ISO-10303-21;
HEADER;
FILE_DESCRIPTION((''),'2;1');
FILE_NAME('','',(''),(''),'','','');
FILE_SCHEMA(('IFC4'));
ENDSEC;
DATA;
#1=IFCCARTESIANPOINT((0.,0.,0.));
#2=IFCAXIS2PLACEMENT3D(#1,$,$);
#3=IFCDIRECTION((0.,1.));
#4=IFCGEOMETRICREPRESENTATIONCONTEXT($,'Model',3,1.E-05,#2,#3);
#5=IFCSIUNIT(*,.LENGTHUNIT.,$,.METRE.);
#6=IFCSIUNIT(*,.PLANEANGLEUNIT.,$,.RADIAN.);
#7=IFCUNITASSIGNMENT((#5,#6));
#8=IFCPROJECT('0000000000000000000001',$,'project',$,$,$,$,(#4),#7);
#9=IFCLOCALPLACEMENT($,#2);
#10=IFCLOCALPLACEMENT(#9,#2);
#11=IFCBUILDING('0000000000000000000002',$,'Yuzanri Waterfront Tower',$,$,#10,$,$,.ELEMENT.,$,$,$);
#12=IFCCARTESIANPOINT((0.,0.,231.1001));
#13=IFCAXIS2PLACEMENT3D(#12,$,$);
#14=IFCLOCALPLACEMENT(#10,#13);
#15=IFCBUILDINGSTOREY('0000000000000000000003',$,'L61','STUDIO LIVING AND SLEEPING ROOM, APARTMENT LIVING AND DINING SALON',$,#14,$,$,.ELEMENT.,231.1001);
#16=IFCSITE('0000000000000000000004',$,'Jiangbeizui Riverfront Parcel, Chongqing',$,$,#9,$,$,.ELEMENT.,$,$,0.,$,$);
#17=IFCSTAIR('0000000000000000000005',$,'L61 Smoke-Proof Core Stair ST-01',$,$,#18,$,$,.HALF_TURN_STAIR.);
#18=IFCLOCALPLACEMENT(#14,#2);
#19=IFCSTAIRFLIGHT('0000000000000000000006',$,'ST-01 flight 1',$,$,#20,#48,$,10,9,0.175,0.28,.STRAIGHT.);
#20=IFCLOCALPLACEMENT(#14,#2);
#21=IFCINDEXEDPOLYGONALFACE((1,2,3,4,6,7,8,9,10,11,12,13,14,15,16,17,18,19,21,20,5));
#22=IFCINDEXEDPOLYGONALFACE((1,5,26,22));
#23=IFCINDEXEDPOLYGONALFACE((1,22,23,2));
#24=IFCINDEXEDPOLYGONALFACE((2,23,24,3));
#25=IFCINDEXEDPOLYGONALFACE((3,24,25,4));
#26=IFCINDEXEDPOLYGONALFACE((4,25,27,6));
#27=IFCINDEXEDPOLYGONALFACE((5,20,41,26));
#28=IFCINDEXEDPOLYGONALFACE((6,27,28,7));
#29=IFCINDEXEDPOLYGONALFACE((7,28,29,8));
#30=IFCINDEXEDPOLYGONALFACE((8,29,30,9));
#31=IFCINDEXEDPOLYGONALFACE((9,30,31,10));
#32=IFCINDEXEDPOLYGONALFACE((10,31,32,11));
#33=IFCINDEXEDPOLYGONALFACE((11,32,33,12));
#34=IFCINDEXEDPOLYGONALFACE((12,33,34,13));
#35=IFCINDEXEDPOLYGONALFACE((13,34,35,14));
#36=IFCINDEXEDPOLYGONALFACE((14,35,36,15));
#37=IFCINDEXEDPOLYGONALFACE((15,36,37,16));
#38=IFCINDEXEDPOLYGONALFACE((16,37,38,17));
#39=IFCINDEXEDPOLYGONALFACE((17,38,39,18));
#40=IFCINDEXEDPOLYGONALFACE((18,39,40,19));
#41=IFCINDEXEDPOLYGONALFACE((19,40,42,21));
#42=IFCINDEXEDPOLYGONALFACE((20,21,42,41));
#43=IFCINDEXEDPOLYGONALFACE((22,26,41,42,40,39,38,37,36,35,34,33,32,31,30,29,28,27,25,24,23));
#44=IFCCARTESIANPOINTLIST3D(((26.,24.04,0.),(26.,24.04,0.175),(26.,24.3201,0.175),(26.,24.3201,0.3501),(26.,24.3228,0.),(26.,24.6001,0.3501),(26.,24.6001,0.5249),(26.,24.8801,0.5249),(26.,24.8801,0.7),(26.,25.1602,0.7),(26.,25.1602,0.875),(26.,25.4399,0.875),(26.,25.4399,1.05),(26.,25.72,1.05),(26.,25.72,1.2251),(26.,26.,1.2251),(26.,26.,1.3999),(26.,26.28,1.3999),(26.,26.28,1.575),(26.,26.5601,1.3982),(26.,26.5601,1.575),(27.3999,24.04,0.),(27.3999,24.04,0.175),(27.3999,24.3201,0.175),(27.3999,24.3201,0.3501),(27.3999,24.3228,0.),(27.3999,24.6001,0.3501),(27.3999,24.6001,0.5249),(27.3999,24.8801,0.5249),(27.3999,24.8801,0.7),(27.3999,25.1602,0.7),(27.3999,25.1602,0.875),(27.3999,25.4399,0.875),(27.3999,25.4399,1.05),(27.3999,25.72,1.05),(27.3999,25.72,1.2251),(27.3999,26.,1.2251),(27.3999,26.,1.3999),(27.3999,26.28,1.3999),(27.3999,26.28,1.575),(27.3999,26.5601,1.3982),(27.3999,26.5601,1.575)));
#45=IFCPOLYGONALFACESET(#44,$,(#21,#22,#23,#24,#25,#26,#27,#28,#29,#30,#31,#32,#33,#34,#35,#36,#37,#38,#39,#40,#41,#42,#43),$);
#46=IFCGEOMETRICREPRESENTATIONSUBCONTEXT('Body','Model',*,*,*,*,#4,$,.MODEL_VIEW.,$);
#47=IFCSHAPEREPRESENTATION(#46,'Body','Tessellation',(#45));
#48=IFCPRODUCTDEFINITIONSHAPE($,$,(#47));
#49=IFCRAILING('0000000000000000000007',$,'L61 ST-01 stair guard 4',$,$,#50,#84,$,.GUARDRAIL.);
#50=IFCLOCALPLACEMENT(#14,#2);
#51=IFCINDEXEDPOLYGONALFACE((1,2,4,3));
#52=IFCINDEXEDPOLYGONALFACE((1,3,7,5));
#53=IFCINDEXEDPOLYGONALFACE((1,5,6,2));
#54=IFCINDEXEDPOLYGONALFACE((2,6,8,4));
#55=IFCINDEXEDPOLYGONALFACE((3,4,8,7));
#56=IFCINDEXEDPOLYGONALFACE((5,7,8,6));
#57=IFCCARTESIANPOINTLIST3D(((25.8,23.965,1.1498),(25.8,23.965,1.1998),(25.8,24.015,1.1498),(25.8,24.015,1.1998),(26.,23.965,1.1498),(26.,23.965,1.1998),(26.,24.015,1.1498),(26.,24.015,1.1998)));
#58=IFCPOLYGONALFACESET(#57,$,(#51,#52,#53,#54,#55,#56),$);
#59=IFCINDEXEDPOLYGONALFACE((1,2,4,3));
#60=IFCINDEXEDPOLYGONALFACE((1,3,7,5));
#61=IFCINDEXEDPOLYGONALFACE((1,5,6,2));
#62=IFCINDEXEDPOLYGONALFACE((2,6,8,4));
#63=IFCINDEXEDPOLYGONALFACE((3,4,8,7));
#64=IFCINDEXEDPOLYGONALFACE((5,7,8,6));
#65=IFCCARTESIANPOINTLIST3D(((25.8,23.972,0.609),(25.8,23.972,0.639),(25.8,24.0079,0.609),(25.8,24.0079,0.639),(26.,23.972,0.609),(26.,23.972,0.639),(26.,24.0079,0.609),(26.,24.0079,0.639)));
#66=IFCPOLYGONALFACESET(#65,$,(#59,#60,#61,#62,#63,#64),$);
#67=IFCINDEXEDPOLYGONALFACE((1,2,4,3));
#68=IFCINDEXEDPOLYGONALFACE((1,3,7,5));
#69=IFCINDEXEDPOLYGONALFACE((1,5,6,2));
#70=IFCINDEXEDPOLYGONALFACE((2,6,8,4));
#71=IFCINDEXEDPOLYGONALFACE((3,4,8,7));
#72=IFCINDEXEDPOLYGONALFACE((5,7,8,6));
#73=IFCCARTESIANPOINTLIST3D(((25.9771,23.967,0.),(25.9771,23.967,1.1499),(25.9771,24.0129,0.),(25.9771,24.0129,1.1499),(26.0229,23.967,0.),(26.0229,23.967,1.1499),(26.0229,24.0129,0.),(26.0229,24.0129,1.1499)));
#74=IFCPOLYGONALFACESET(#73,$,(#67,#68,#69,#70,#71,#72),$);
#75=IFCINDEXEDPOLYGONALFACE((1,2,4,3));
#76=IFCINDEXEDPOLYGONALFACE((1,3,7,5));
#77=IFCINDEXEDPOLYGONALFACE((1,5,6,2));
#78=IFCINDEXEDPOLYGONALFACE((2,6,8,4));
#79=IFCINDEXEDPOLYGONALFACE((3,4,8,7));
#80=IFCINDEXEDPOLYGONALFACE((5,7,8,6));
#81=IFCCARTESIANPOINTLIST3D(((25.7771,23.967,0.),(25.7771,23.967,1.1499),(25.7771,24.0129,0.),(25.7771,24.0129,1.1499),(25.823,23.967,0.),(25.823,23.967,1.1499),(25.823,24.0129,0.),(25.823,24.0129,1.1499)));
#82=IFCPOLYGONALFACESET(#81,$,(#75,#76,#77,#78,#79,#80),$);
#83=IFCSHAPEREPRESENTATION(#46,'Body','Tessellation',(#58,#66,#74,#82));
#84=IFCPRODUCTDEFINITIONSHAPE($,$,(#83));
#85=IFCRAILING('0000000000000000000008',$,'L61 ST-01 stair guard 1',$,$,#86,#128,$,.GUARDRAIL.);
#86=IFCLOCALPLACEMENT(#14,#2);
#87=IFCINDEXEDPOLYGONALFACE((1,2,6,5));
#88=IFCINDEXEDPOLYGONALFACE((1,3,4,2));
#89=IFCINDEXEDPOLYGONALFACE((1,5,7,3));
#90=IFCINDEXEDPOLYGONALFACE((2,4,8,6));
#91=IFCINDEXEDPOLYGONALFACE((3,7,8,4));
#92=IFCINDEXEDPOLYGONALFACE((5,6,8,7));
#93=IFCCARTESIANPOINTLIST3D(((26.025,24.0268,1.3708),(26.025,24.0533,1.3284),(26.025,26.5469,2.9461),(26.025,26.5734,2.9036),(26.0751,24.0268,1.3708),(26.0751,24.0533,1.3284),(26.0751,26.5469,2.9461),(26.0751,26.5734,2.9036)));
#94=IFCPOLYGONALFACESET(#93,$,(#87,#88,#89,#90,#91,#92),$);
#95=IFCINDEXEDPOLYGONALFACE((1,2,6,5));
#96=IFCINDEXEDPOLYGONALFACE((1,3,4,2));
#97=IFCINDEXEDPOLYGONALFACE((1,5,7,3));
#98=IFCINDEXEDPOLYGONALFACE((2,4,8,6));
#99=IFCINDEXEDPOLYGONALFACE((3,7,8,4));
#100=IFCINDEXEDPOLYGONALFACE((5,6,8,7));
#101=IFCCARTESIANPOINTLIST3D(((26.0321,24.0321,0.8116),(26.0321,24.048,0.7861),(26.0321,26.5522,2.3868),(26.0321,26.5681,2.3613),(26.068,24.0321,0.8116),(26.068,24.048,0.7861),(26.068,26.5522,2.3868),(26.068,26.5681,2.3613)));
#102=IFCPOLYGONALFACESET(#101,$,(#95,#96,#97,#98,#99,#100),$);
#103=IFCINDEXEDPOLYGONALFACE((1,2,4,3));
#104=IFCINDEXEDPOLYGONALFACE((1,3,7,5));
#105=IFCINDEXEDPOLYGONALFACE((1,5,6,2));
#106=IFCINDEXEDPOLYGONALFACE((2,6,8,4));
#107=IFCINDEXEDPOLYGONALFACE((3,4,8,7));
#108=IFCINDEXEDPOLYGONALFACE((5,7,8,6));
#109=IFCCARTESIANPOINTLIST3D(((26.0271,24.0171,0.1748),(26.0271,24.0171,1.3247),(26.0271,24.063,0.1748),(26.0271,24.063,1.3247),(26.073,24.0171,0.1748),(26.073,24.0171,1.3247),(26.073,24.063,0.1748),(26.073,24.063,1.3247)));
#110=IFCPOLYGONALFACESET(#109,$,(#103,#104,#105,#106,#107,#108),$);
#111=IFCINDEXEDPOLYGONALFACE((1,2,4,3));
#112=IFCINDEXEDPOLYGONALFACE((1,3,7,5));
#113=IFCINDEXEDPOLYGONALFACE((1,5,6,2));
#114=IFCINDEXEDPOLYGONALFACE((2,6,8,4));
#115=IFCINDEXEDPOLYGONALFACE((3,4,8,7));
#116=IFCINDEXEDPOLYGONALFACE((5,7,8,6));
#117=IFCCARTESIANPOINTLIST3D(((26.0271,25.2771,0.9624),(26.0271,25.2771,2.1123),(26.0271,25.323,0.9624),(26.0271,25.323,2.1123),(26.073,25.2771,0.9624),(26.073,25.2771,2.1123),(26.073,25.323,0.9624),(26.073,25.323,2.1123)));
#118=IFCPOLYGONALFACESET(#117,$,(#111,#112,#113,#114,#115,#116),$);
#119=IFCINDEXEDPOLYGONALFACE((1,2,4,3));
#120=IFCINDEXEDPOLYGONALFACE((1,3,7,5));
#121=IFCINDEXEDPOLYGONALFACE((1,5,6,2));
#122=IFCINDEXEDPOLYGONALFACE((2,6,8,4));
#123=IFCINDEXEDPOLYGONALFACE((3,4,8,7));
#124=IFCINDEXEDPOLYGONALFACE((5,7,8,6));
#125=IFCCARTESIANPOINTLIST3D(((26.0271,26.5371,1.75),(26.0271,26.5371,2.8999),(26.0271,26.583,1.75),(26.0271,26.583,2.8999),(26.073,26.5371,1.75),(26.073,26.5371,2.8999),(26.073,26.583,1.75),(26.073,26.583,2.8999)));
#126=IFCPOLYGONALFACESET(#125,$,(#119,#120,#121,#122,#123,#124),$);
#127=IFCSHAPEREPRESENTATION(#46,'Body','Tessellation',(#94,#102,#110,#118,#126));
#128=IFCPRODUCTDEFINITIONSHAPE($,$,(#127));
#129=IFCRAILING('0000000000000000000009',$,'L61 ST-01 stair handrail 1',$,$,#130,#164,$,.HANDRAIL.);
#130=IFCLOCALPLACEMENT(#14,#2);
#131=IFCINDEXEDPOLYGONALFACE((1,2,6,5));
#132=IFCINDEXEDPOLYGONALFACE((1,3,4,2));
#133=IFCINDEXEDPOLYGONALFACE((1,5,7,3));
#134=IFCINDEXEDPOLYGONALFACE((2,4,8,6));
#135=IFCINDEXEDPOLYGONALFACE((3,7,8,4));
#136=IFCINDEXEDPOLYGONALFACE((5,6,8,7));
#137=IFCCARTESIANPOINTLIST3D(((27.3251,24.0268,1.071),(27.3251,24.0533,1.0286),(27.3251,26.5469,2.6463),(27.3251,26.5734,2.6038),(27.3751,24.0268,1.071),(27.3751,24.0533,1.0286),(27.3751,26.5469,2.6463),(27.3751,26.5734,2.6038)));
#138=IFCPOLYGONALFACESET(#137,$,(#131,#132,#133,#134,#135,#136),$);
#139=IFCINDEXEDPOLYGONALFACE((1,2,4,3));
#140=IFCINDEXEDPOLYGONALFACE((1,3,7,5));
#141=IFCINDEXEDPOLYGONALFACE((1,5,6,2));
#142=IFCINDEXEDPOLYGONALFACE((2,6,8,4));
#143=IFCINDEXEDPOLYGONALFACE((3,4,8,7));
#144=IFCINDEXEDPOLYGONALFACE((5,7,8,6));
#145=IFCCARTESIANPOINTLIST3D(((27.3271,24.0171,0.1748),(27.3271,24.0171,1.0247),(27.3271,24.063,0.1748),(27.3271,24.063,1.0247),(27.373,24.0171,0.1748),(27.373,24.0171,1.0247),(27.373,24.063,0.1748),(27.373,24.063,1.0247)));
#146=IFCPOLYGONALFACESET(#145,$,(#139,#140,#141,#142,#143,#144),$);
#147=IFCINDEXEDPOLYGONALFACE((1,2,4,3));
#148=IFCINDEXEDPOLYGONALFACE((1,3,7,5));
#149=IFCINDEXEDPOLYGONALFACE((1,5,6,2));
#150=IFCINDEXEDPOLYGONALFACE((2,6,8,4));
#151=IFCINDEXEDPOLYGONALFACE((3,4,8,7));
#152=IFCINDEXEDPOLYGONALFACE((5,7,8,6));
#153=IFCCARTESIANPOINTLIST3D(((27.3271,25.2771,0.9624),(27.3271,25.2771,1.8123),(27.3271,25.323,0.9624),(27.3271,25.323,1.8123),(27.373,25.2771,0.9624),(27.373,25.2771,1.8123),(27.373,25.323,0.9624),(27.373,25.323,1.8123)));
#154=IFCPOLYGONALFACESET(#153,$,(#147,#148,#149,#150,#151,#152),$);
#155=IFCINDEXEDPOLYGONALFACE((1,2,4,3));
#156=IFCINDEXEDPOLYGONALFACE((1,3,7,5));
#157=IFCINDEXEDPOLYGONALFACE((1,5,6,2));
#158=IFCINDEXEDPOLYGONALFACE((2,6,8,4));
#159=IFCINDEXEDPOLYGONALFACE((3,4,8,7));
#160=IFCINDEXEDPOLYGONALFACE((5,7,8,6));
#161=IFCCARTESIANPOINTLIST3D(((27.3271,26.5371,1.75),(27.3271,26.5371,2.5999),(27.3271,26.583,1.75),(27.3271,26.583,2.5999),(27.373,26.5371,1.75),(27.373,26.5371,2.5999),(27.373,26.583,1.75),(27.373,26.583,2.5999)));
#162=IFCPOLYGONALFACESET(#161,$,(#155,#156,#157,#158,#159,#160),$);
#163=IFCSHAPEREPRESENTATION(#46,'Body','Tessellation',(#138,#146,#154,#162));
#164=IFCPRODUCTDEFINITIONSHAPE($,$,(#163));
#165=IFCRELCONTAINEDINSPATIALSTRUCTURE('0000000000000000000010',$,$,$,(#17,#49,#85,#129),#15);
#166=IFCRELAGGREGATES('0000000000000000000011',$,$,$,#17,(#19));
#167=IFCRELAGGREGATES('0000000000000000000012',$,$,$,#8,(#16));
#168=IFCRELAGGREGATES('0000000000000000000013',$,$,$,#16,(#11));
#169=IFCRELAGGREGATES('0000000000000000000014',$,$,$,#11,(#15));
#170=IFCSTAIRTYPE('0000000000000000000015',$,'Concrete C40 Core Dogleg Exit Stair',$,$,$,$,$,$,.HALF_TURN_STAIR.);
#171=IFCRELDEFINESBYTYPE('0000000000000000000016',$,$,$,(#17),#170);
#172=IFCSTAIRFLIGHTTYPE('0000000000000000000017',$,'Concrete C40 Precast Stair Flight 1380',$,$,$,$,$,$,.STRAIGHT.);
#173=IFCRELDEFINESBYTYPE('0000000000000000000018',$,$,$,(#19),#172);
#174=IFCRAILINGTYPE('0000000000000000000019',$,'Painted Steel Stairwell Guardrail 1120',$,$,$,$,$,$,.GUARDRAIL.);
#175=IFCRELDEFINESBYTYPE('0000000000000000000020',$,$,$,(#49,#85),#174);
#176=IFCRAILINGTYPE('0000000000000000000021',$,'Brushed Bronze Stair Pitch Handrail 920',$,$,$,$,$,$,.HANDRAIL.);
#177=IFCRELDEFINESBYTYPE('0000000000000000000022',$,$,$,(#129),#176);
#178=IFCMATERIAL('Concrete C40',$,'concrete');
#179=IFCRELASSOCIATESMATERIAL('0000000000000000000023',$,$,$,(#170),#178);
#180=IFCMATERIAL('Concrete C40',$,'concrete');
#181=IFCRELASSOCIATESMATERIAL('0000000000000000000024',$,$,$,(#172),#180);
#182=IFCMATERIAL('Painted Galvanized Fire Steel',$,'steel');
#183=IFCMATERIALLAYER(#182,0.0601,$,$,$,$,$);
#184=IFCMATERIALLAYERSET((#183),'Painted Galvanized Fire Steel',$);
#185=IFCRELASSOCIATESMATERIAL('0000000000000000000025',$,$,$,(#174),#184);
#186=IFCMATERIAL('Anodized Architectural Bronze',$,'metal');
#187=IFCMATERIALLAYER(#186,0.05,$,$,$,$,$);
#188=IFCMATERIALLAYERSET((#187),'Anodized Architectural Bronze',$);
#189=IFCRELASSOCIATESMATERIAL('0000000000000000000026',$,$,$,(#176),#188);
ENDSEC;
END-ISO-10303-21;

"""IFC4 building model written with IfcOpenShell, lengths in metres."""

from ifc_helpers import new_model, si_unit, direction, frame, origin, origin_2d, place, context, subcontext, project, spatial, polyline, rectangle, outline, extrude, source, transform, mapped, material, layer, layer_set, type_object, element, aggregate, save


model = new_model("IFC4")

# Units and contexts
model_context = context("Model", 3, precision=1e-05, world=origin(), true_north=direction((0.0, 1.0)))
body_context = subcontext(model_context, "Body", "Model", "MODEL_VIEW")
ifc_project = project(units=[si_unit("LENGTHUNIT", "METRE"), si_unit("PLANEANGLEUNIT", "RADIAN")], contexts=[model_context])

# Site, building, storey
site_placement = place(None, origin())
site = spatial("IfcSite", under=ifc_project, at=site_placement, Name="Jiangbeizui Riverfront Parcel, Chongqing", CompositionType="ELEMENT", RefElevation=0.0)
building_placement = place(site_placement, origin())
building = spatial("IfcBuilding", under=site, at=building_placement, Name="Yuzanri Waterfront Tower", CompositionType="ELEMENT")
storey_placement = place(building_placement, frame((0.0, 0.0, 231.1001)))
storey = spatial("IfcBuildingStorey", under=building, at=storey_placement, Name="L61", Description="STUDIO LIVING AND SLEEPING ROOM, APARTMENT LIVING AND DINING SALON", CompositionType="ELEMENT", Elevation=231.1001)

# Stair, stair flight
ifc_material_1 = material(Name="Concrete C40", Category="concrete")
stair_type = type_object("IfcStairType", Name="Concrete C40 Core Dogleg Exit Stair", PredefinedType="HALF_TURN_STAIR", material=ifc_material_1)
stair_placement = place(storey_placement, origin())
stair = element("IfcStair", 1, at=stair_placement, inside=storey, type_object=stair_type, Name="L61 Smoke-Proof Core Stair ST-01", PredefinedType="HALF_TURN_STAIR")
ifc_material_2 = material(Name="Concrete C40", Category="concrete")
stair_flight_type = type_object("IfcStairFlightType", Name="Concrete C40 Precast Stair Flight 1380", PredefinedType="STRAIGHT", material=ifc_material_2)
shared_shape_1 = source(origin(), body_context, "Body", "SweptSolid", [
    extrude(outline(polyline([(0.0, 0.0), (0.0, 0.175), (0.28, 0.175), (0.28, 0.3501), (0.5601, 0.3501), (0.5601, 0.5249), (0.8401, 0.5249), (0.8401, 0.7), (1.1201, 0.7), (1.1201, 0.875), (1.3999, 0.875), (1.3999, 1.05), (1.6799, 1.05), (1.6799, 1.2251), (1.96, 1.2251), (1.96, 1.3999), (2.24, 1.3999), (2.24, 1.575), (2.52, 1.575), (2.52, 1.75), (2.52, 1.3982), (0.2827, 0.0), (0.0, 0.0)])), frame((0.0, 0.7, 0.0), z_axis=(0.0, -1.0, 0.0), x_axis=(1.0, 0.0, 0.0)), (0.0, 0.0, 1.0), 1.3999),
])
stair_flight_placement = place(storey_placement, frame((26.7, 24.04, 0.0), z_axis=(0.0, 0.0, 1.0), x_axis=(0.0, 1.0, 0.0)))
stair_flight = element("IfcStairFlight", 2, at=stair_flight_placement, type_object=stair_flight_type, Name="ST-01 flight 1", NumberOfRisers=10, NumberOfTreads=9, PredefinedType="STRAIGHT", RiserHeight=0.175, TreadLength=0.28, context=body_context, shape_type="MappedRepresentation", body=[
    mapped(shared_shape_1, transform((0.0, 0.0, 0.0), scale=1.0)),
])
aggregate(stair, [stair_flight])

# Railings
ifc_material_3 = material(Name="Painted Galvanized Fire Steel", Category="steel")
ifc_layer_1 = layer(ifc_material_3, 0.0601)
ifc_layer_set_1 = layer_set([ifc_layer_1], Name="Painted Galvanized Fire Steel")
railing_type_1 = type_object("IfcRailingType", Name="Painted Steel Stairwell Guardrail 1120", PredefinedType="GUARDRAIL", material=ifc_layer_set_1)
shared_shape_2 = source(origin(), body_context, "Body", "SweptSolid", [
    extrude(rectangle(XDim=0.05, YDim=0.05, at=origin_2d()), frame((0.0, 0.0, 1.1748), z_axis=(-1.0, 0.0, 0.0), x_axis=(0.0, -1.0, 0.0)), (0.0, 0.0, 1.0), 0.2),
    extrude(rectangle(XDim=0.0359, YDim=0.03, at=origin_2d()), frame((0.0, 0.0, 0.624), z_axis=(-1.0, 0.0, 0.0), x_axis=(0.0, -1.0, 0.0)), (0.0, 0.0, 1.0), 0.2),
    extrude(rectangle(XDim=0.0459, YDim=0.0459, at=origin_2d()), origin(), (0.0, 0.0, 1.0), 1.1499),
    extrude(rectangle(XDim=0.0459, YDim=0.0459, at=origin_2d()), frame((-0.2, 0.0, 0.0)), (0.0, 0.0, 1.0), 1.1499),
])
railing_1_placement = place(storey_placement, frame((26.0, 23.99, 0.0)))
element("IfcRailing", 3, at=railing_1_placement, inside=storey, type_object=railing_type_1, Name="L61 ST-01 stair guard 4", PredefinedType="GUARDRAIL", context=body_context, shape_type="MappedRepresentation", body=[
    mapped(shared_shape_2, transform((0.0, 0.0, 0.0), scale=1.0)),
])
shared_shape_3 = source(origin(), body_context, "Body", "SweptSolid", [
    extrude(rectangle(XDim=0.05, YDim=0.05, at=origin_2d()), frame((0.0, 0.0, 1.1748), z_axis=(0.0, 0.847971, 0.530043), x_axis=(-1.0, 0.0, 0.0)), (0.0, 0.0, 1.0), 2.9719),
    extrude(rectangle(XDim=0.0359, YDim=0.03, at=origin_2d()), frame((0.0, 0.0, 0.624), z_axis=(0.0, 0.847971, 0.530043), x_axis=(-1.0, 0.0, 0.0)), (0.0, 0.0, 1.0), 2.9719),
    extrude(rectangle(XDim=0.0459, YDim=0.0459, at=origin_2d()), origin(), (0.0, 0.0, 1.0), 1.1499),
    extrude(rectangle(XDim=0.0459, YDim=0.0459, at=origin_2d()), frame((0.0, 1.26, 0.7876)), (0.0, 0.0, 1.0), 1.1499),
    extrude(rectangle(XDim=0.0459, YDim=0.0459, at=origin_2d()), frame((0.0, 2.52, 1.5752)), (0.0, 0.0, 1.0), 1.1499),
])
railing_2_placement = place(storey_placement, frame((26.05, 24.04, 0.1748)))
element("IfcRailing", 4, at=railing_2_placement, inside=storey, type_object=railing_type_1, Name="L61 ST-01 stair guard 1", PredefinedType="GUARDRAIL", context=body_context, shape_type="MappedRepresentation", body=[
    mapped(shared_shape_3, transform((0.0, 0.0, 0.0), scale=1.0)),
])
ifc_material_4 = material(Name="Anodized Architectural Bronze", Category="metal")
ifc_layer_2 = layer(ifc_material_4, 0.05)
ifc_layer_set_2 = layer_set([ifc_layer_2], Name="Anodized Architectural Bronze")
railing_type_2 = type_object("IfcRailingType", Name="Brushed Bronze Stair Pitch Handrail 920", PredefinedType="HANDRAIL", material=ifc_layer_set_2)
shared_shape_4 = source(origin(), body_context, "Body", "SweptSolid", [
    extrude(rectangle(XDim=0.05, YDim=0.05, at=origin_2d()), frame((0.0, 0.0, 0.875), z_axis=(0.0, 0.847971, 0.530043), x_axis=(-1.0, 0.0, 0.0)), (0.0, 0.0, 1.0), 2.9719),
    extrude(rectangle(XDim=0.0459, YDim=0.0459, at=origin_2d()), origin(), (0.0, 0.0, 1.0), 0.8499),
    extrude(rectangle(XDim=0.0459, YDim=0.0459, at=origin_2d()), frame((0.0, 1.26, 0.7876)), (0.0, 0.0, 1.0), 0.8499),
    extrude(rectangle(XDim=0.0459, YDim=0.0459, at=origin_2d()), frame((0.0, 2.52, 1.5752)), (0.0, 0.0, 1.0), 0.8499),
])
railing_3_placement = place(storey_placement, frame((27.3501, 24.04, 0.1748)))
element("IfcRailing", 5, at=railing_3_placement, inside=storey, type_object=railing_type_2, Name="L61 ST-01 stair handrail 1", PredefinedType="HANDRAIL", context=body_context, shape_type="MappedRepresentation", body=[
    mapped(shared_shape_4, transform((0.0, 0.0, 0.0), scale=1.0)),
])

save(model, "model.ifc")
